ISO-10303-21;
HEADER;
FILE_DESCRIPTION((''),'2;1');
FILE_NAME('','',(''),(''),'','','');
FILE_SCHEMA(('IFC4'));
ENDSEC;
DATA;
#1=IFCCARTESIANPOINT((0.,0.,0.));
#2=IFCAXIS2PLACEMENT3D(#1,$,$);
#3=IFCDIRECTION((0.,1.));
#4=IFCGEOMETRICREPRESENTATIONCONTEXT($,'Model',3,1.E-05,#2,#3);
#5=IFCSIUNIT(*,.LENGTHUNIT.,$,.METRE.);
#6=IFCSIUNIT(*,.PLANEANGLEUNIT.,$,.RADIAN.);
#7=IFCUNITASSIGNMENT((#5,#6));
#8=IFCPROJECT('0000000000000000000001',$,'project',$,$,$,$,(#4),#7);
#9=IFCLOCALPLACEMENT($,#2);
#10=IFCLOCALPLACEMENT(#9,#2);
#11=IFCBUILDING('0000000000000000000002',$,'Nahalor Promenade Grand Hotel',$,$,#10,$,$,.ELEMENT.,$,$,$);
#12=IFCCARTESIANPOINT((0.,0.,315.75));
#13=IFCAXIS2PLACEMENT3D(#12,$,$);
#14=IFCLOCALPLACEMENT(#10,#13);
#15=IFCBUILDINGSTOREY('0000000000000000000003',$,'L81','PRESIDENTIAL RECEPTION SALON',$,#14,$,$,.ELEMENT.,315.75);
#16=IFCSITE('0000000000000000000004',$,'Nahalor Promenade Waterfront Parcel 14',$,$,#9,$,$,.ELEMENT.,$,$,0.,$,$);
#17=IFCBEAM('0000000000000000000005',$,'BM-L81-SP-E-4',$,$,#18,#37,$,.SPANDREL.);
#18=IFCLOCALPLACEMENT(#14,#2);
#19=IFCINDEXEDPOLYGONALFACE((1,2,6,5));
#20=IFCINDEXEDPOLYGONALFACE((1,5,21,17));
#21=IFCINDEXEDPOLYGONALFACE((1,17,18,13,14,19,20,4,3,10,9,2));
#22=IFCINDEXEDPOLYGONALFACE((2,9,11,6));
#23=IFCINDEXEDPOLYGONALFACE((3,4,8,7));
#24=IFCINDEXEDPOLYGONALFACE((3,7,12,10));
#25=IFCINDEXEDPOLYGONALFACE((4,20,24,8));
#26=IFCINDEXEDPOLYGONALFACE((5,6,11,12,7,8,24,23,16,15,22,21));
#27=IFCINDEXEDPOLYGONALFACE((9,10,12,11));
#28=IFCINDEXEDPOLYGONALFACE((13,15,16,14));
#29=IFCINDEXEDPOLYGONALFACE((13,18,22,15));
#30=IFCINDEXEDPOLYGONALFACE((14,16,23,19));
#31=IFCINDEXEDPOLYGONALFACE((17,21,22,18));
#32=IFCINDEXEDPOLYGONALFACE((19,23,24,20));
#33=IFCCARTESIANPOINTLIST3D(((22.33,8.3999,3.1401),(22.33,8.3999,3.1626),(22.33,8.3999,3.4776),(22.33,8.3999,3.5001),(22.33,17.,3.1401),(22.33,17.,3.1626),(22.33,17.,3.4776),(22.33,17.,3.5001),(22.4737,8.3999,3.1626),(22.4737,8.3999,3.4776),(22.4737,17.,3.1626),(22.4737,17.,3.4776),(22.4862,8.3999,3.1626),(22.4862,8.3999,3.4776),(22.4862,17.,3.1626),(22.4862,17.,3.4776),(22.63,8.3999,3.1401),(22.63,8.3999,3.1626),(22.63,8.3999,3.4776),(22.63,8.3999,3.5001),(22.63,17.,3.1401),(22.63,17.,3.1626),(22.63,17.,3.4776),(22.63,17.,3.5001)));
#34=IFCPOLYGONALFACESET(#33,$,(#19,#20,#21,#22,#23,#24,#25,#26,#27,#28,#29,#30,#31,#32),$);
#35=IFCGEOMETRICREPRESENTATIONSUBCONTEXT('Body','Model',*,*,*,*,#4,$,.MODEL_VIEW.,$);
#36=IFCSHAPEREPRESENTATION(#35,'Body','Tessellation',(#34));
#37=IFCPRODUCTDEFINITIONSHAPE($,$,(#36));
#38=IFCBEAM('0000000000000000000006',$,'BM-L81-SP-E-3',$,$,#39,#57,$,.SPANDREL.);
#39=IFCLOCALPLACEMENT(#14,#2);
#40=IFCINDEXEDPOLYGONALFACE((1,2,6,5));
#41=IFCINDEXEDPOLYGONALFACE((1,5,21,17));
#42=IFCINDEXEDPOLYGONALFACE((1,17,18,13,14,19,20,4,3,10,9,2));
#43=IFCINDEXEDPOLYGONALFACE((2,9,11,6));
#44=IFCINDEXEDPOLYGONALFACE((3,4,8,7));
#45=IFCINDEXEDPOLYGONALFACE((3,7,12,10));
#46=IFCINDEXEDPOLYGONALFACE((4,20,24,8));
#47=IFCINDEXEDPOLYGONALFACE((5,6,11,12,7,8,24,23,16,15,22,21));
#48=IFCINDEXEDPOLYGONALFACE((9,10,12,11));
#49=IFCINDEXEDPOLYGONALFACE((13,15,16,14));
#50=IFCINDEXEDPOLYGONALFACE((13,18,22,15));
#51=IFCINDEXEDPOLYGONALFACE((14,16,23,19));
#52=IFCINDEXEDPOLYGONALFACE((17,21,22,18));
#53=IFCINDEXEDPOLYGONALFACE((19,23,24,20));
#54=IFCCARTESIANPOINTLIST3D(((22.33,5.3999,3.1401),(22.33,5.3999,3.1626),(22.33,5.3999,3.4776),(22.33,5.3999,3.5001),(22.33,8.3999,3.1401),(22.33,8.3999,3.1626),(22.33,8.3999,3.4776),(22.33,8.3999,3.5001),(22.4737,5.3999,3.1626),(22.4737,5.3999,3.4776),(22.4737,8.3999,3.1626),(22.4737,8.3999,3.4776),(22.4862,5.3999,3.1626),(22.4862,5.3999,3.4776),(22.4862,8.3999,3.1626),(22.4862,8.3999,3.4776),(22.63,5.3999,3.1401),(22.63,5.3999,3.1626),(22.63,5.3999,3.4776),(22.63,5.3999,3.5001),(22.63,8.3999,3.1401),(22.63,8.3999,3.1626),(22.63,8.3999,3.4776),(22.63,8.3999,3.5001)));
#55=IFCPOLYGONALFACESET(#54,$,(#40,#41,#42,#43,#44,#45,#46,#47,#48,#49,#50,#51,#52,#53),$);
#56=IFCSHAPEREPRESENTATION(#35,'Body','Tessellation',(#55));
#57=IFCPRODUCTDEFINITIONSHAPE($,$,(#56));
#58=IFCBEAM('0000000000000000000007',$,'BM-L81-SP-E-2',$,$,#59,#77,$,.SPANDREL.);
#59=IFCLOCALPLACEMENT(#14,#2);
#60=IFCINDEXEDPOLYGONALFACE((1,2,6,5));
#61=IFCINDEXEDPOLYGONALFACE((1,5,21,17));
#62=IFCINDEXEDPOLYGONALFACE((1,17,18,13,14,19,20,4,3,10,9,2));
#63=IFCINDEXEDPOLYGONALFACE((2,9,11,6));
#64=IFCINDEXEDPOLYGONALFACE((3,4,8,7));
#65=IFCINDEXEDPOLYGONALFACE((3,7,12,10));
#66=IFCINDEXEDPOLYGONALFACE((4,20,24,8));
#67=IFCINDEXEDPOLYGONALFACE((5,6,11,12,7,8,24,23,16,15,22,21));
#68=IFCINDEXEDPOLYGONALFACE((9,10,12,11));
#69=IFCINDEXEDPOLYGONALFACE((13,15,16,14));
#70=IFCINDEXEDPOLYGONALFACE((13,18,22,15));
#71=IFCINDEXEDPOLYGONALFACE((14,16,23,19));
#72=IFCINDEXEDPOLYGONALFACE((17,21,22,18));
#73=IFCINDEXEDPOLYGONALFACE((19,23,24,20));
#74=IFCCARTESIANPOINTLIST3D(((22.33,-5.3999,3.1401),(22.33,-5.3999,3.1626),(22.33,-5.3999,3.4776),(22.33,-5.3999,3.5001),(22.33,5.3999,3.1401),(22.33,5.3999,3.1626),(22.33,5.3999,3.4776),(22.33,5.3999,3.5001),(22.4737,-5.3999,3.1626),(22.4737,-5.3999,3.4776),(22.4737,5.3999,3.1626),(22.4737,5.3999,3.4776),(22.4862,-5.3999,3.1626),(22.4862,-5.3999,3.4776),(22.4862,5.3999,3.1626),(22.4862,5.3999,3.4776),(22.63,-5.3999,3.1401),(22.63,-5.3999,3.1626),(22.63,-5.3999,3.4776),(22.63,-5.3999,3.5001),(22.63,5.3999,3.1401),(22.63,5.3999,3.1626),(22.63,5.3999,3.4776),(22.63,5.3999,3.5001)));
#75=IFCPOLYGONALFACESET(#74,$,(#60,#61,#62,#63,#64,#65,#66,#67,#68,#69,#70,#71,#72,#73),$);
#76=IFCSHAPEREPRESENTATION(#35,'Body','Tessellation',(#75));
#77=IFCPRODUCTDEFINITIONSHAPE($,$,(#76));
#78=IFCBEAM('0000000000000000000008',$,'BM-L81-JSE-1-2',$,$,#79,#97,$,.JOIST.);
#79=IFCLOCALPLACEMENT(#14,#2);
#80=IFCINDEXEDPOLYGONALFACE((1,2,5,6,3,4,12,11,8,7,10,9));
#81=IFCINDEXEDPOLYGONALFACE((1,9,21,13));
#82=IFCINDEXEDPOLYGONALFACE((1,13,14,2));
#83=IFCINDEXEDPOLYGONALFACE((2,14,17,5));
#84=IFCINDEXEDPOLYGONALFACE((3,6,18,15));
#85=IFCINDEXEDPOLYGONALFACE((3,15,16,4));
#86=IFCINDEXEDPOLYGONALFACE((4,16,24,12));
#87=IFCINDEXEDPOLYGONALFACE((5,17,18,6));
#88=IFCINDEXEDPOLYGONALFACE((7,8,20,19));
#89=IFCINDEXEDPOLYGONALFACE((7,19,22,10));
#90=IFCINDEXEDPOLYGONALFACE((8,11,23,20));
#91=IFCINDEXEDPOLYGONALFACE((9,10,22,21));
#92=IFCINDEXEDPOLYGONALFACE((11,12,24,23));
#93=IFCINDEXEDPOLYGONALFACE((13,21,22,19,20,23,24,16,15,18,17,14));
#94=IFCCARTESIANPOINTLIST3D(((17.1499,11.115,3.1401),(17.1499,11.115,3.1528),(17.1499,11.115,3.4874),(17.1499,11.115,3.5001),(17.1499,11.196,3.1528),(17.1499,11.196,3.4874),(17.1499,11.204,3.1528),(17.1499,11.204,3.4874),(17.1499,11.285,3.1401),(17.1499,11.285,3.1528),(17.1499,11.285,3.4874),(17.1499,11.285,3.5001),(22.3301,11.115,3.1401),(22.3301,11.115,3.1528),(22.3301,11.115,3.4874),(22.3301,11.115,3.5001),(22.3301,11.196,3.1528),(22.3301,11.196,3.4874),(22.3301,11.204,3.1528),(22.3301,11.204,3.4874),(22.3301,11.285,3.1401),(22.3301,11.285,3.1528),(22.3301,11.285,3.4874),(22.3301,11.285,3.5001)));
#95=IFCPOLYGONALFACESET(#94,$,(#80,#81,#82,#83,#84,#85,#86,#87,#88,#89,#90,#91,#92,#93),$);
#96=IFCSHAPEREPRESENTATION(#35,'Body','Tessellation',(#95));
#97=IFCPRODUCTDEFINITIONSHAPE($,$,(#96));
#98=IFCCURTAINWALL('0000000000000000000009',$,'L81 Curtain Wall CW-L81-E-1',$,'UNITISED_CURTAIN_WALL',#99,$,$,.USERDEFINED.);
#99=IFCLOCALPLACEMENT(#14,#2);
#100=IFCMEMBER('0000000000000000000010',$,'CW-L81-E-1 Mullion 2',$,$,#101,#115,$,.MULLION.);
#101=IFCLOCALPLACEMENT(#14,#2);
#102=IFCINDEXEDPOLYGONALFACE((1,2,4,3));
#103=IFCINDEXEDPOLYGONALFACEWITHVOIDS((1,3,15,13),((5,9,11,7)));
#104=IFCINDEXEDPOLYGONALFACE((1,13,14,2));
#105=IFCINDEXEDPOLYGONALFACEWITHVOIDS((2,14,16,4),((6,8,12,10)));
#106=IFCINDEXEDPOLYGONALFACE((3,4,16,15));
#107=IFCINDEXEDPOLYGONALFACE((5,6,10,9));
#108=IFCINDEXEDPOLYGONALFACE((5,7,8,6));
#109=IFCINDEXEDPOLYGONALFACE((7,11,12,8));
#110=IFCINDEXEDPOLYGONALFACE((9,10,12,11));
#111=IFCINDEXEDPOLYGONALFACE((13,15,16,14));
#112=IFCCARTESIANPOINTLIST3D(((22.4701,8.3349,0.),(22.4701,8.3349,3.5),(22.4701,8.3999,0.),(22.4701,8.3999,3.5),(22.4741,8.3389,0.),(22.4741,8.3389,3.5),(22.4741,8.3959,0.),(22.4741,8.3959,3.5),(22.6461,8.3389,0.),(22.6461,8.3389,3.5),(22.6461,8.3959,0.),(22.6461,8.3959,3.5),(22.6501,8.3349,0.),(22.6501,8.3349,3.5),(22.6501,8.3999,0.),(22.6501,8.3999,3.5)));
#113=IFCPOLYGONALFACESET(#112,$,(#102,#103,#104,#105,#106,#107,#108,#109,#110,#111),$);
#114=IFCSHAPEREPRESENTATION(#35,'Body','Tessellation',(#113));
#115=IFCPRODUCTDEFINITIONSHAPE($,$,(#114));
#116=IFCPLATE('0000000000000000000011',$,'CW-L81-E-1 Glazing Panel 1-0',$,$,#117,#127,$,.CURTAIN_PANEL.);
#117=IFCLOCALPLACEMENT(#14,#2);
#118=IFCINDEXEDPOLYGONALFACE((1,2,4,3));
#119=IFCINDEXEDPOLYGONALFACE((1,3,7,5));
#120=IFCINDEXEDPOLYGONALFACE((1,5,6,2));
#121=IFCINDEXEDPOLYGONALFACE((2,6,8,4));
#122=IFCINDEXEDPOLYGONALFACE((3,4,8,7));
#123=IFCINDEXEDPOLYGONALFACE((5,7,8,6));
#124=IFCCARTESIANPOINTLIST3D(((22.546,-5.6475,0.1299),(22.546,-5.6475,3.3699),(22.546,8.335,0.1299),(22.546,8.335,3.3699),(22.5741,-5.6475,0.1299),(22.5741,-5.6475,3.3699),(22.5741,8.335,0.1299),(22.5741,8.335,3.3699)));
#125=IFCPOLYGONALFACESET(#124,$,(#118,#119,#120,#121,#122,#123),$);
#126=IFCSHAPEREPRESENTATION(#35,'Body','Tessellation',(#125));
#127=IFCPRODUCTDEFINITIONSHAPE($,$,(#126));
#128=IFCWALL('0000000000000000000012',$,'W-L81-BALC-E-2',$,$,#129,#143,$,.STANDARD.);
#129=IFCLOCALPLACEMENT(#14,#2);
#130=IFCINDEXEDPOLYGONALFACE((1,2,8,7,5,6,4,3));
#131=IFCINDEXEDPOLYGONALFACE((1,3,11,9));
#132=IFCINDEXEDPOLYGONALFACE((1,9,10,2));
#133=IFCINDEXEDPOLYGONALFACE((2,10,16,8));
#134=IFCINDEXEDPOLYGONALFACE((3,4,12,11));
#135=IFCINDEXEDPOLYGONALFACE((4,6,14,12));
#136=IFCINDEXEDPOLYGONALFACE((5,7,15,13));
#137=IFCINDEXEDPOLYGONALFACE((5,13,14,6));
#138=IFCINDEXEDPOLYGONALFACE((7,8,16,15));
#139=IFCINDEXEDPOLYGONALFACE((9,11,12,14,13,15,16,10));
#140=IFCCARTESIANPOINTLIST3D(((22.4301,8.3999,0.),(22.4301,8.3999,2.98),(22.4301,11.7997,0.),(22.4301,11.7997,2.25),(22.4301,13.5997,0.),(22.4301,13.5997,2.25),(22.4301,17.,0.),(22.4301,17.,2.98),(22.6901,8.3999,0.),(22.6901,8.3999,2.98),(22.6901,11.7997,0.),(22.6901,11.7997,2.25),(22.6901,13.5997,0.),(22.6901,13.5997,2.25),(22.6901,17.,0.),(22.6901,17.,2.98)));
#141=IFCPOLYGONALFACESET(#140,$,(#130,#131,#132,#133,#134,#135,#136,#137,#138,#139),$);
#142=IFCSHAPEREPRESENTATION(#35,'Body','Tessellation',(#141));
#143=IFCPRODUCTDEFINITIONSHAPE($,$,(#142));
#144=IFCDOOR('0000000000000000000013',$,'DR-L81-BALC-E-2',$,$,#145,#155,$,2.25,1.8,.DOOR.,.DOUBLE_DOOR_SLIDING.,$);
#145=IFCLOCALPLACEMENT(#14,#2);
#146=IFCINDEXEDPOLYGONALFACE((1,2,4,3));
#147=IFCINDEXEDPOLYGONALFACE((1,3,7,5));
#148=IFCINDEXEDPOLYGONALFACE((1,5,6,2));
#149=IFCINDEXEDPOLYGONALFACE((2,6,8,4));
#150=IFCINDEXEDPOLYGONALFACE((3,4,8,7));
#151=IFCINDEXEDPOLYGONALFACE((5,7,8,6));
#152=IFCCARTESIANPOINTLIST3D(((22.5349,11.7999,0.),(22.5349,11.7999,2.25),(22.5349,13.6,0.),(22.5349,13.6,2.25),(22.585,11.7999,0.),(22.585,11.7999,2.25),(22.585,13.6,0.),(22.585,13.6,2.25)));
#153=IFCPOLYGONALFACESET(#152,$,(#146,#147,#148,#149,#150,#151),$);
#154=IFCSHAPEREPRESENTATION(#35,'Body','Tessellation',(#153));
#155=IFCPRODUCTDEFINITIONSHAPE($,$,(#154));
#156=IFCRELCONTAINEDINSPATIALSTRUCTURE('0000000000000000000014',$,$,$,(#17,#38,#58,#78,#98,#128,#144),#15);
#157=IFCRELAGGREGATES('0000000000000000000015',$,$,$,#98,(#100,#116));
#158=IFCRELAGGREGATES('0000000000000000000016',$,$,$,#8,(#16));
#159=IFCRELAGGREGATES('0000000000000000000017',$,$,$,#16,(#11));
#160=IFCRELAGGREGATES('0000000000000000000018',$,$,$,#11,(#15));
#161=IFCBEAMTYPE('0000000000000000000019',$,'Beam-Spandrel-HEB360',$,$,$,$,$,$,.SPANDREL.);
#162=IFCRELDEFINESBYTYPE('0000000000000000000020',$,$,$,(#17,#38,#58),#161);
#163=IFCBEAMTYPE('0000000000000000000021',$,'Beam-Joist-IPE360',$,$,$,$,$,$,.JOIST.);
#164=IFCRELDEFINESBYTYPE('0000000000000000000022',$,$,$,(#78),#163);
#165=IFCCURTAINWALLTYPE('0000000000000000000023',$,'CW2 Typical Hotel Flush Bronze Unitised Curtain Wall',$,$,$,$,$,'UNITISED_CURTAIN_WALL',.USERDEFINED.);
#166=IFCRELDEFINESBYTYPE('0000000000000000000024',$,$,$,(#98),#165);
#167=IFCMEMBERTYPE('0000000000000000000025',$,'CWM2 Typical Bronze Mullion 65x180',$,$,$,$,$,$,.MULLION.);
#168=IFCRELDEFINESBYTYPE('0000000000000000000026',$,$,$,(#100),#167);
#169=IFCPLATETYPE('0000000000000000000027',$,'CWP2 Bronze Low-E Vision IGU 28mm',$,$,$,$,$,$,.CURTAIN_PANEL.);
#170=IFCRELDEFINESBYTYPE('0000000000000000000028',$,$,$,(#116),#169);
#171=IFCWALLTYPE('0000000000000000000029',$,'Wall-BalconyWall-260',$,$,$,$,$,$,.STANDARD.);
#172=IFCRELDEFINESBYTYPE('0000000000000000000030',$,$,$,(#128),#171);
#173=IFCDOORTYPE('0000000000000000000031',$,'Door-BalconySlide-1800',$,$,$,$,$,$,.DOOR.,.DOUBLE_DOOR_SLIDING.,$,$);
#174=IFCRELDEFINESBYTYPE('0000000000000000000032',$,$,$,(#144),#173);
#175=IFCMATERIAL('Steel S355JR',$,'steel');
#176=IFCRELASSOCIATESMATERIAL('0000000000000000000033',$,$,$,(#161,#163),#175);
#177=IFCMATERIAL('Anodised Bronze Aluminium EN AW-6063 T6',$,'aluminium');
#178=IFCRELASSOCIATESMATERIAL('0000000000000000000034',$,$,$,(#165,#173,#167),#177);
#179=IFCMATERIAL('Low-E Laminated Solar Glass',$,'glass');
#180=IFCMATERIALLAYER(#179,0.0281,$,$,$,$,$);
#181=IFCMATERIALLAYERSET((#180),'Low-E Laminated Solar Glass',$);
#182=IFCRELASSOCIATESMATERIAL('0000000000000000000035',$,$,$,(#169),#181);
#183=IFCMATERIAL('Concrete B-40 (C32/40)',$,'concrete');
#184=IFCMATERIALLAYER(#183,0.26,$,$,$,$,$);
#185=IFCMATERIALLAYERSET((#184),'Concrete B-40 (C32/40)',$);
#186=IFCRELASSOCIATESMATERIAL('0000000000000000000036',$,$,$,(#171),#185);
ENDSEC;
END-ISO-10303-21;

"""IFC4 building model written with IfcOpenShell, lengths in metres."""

from ifc_helpers import new_model, si_unit, direction, frame, frame_2d, origin, origin_2d, place, context, subcontext, project, spatial, rectangle, hollow_rectangle, i_section, extrude, source, transform, mapped, material, layer, layer_set, material_profile, profile_set, type_object, element, fill, aggregate, save


model = new_model("IFC4")

# Units and contexts
model_context = context("Model", 3, precision=1e-05, world=origin(), true_north=direction((0.0, 1.0)))
body_context = subcontext(model_context, "Body", "Model", "MODEL_VIEW")
ifc_project = project(units=[si_unit("LENGTHUNIT", "METRE"), si_unit("PLANEANGLEUNIT", "RADIAN")], contexts=[model_context])

# Site, building, storey
site_placement = place(None, origin())
site = spatial("IfcSite", under=ifc_project, at=site_placement, Name="Nahalor Promenade Waterfront Parcel 14", CompositionType="ELEMENT", RefElevation=0.0)
building_placement = place(site_placement, origin())
building = spatial("IfcBuilding", under=site, at=building_placement, Name="Nahalor Promenade Grand Hotel", CompositionType="ELEMENT")
storey_placement = place(building_placement, frame((0.0, 0.0, 315.75)))
storey = spatial("IfcBuildingStorey", under=building, at=storey_placement, Name="L81", Description="PRESIDENTIAL RECEPTION SALON", CompositionType="ELEMENT", Elevation=315.75)

# Shared definitions
ifc_material_1 = material(Name="Steel S355JR", Category="steel")

# Beams
ifc_material_profile_1 = material_profile(ifc_material_1, i_section(OverallWidth=0.3, OverallDepth=0.36, WebThickness=0.0125, FlangeThickness=0.0225, at=origin_2d()), Name="HEB 360")
ifc_profile_set_1 = profile_set([ifc_material_profile_1], Name="Steel S355JR")
beam_type_1 = type_object("IfcBeamType", Name="Beam-Spandrel-HEB360", PredefinedType="SPANDREL", material=ifc_profile_set_1)
shared_shape_1 = source(origin(), body_context, "Body", "SweptSolid", [
    extrude(i_section(OverallWidth=0.3, OverallDepth=0.36, WebThickness=0.0125, FlangeThickness=0.0225, at=origin_2d()), origin(), (0.0, 0.0, 1.0), 8.6001),
])
beam_1_placement = place(storey_placement, frame((22.48, 8.3999, 3.3201), z_axis=(0.0, 1.0, 0.0), x_axis=(-1.0, 0.0, 0.0)))
element("IfcBeam", 1, at=beam_1_placement, inside=storey, type_object=beam_type_1, Name="BM-L81-SP-E-4", PredefinedType="SPANDREL", context=body_context, shape_type="MappedRepresentation", body=[
    mapped(shared_shape_1, transform((0.0, 0.0, 0.0), scale=1.0)),
])
shared_shape_2 = source(origin(), body_context, "Body", "SweptSolid", [
    extrude(i_section(OverallWidth=0.3, OverallDepth=0.36, WebThickness=0.0125, FlangeThickness=0.0225, at=origin_2d()), origin(), (0.0, 0.0, 1.0), 3.0),
])
beam_2_placement = place(storey_placement, frame((22.48, 5.3999, 3.3201), z_axis=(0.0, 1.0, 0.0), x_axis=(-1.0, 0.0, 0.0)))
element("IfcBeam", 2, at=beam_2_placement, inside=storey, type_object=beam_type_1, Name="BM-L81-SP-E-3", PredefinedType="SPANDREL", context=body_context, shape_type="MappedRepresentation", body=[
    mapped(shared_shape_2, transform((0.0, 0.0, 0.0), scale=1.0)),
])
shared_shape_3 = source(origin(), body_context, "Body", "SweptSolid", [
    extrude(i_section(OverallWidth=0.3, OverallDepth=0.36, WebThickness=0.0125, FlangeThickness=0.0225, at=origin_2d()), origin(), (0.0, 0.0, 1.0), 10.7998),
])
beam_3_placement = place(storey_placement, frame((22.48, -5.3999, 3.3201), z_axis=(0.0, 1.0, 0.0), x_axis=(-1.0, 0.0, 0.0)))
element("IfcBeam", 3, at=beam_3_placement, inside=storey, type_object=beam_type_1, Name="BM-L81-SP-E-2", PredefinedType="SPANDREL", context=body_context, shape_type="MappedRepresentation", body=[
    mapped(shared_shape_3, transform((0.0, 0.0, 0.0), scale=1.0)),
])
ifc_material_profile_2 = material_profile(ifc_material_1, i_section(OverallWidth=0.17, OverallDepth=0.36, WebThickness=0.008, FlangeThickness=0.0127, at=origin_2d()), Name="IPE 360")
ifc_profile_set_2 = profile_set([ifc_material_profile_2], Name="Steel S355JR")
beam_type_2 = type_object("IfcBeamType", Name="Beam-Joist-IPE360", PredefinedType="JOIST", material=ifc_profile_set_2)
shared_shape_4 = source(origin(), body_context, "Body", "SweptSolid", [
    extrude(i_section(OverallWidth=0.17, OverallDepth=0.36, WebThickness=0.008, FlangeThickness=0.0127, at=origin_2d()), origin(), (0.0, 0.0, 1.0), 5.1802),
])
beam_4_placement = place(storey_placement, frame((17.1499, 11.2, 3.3201), z_axis=(1.0, 0.0, 0.0), x_axis=(0.0, 1.0, 0.0)))
element("IfcBeam", 4, at=beam_4_placement, inside=storey, type_object=beam_type_2, Name="BM-L81-JSE-1-2", PredefinedType="JOIST", context=body_context, shape_type="MappedRepresentation", body=[
    mapped(shared_shape_4, transform((0.0, 0.0, 0.0), scale=1.0)),
])

# Curtain wall, member, plate
ifc_material_2 = material(Name="Anodised Bronze Aluminium EN AW-6063 T6", Category="aluminium")
curtain_wall_type = type_object("IfcCurtainWallType", Name="CW2 Typical Hotel Flush Bronze Unitised Curtain Wall", ElementType="UNITISED_CURTAIN_WALL", PredefinedType="USERDEFINED", material=ifc_material_2)
curtain_wall_placement = place(storey_placement, origin())
curtain_wall = element("IfcCurtainWall", 5, at=curtain_wall_placement, inside=storey, type_object=curtain_wall_type, Name="L81 Curtain Wall CW-L81-E-1", ObjectType="UNITISED_CURTAIN_WALL", PredefinedType="USERDEFINED")
ifc_material_profile_3 = material_profile(ifc_material_2, hollow_rectangle(XDim=0.065, YDim=0.18, WallThickness=0.004, at=origin_2d()), Name="CWM 65x180x4")
ifc_profile_set_3 = profile_set([ifc_material_profile_3], Name="Anodised Bronze Aluminium EN AW-6063 T6")
member_type = type_object("IfcMemberType", Name="CWM2 Typical Bronze Mullion 65x180", PredefinedType="MULLION", material=ifc_profile_set_3)
shared_shape_5 = source(origin(), body_context, "Body", "SweptSolid", [
    extrude(hollow_rectangle(XDim=0.065, YDim=0.18, WallThickness=0.004, at=origin_2d()), origin(), (0.0, 0.0, 1.0), 3.5),
])
member_placement = place(storey_placement, frame((22.5601, 8.3674, 0.0), z_axis=(0.0, 0.0, 1.0), x_axis=(0.0, 1.0, 0.0)))
member = element("IfcMember", 6, at=member_placement, type_object=member_type, Name="CW-L81-E-1 Mullion 2", PredefinedType="MULLION", context=body_context, shape_type="MappedRepresentation", body=[
    mapped(shared_shape_5, transform((0.0, 0.0, 0.0), scale=1.0)),
])
ifc_material_3 = material(Name="Low-E Laminated Solar Glass", Category="glass")
ifc_layer_1 = layer(ifc_material_3, 0.0281)
ifc_layer_set_1 = layer_set([ifc_layer_1], Name="Low-E Laminated Solar Glass")
plate_type = type_object("IfcPlateType", Name="CWP2 Bronze Low-E Vision IGU 28mm", PredefinedType="CURTAIN_PANEL", material=ifc_layer_set_1)
shared_shape_6 = source(origin(), body_context, "Body", "SweptSolid", [
    extrude(rectangle(XDim=13.9824, YDim=0.0281, at=origin_2d()), origin(), (0.0, 0.0, 1.0), 3.24),
])
plate_placement = place(storey_placement, frame((22.5601, 1.3438, 0.1299), z_axis=(0.0, 0.0, 1.0), x_axis=(0.0, 1.0, 0.0)))
plate = element("IfcPlate", 7, at=plate_placement, type_object=plate_type, Name="CW-L81-E-1 Glazing Panel 1-0", PredefinedType="CURTAIN_PANEL", context=body_context, shape_type="MappedRepresentation", body=[
    mapped(shared_shape_6, transform((0.0, 0.0, 0.0), scale=1.0)),
])
aggregate(curtain_wall, [member, plate])

# Wall, opening, door
ifc_material_4 = material(Name="Concrete B-40 (C32/40)", Category="concrete")
ifc_layer_2 = layer(ifc_material_4, 0.26)
ifc_layer_set_2 = layer_set([ifc_layer_2], Name="Concrete B-40 (C32/40)")
wall_type_1 = type_object("IfcWallType", Name="Wall-BalconyWall-260", PredefinedType="STANDARD", material=ifc_layer_set_2)
shared_shape_7 = source(origin(), body_context, "Body", "SweptSolid", [
    extrude(rectangle(XDim=8.6001, YDim=0.26, at=frame_2d((4.3, 0.0))), origin(), (0.0, 0.0, 1.0), 2.98),
])
wall_1_placement = place(storey_placement, frame((22.5601, 8.3999, 0.0), z_axis=(0.0, 0.0, 1.0), x_axis=(0.0, 1.0, 0.0)))
wall_1 = element("IfcWall", 8, at=wall_1_placement, inside=storey, type_object=wall_type_1, Name="W-L81-BALC-E-2", PredefinedType="STANDARD", context=body_context, shape_type="MappedRepresentation", body=[
    mapped(shared_shape_7, transform((0.0, 0.0, 0.0), scale=1.0)),
])
opening_1_placement = place(wall_1_placement, frame((3.3999, 0.0, 0.0)))
opening_1 = element("IfcOpeningElement", 9, at=opening_1_placement, cuts=wall_1, PredefinedType="OPENING", context=body_context, shape_type="SweptSolid", body=[
    extrude(rectangle(XDim=1.8, YDim=2.25, at=frame_2d((0.8999, 1.125))), frame((0.0, 0.1399, 0.0), z_axis=(0.0, -1.0, 0.0), x_axis=(1.0, 0.0, 0.0)), (0.0, 0.0, 1.0), 0.28),
])
door_type_1 = type_object("IfcDoorType", Name="Door-BalconySlide-1800", OperationType="DOUBLE_DOOR_SLIDING", PredefinedType="DOOR", material=ifc_material_2)
shared_shape_8 = source(origin(), body_context, "Body", "SweptSolid", [
    extrude(rectangle(XDim=1.8, YDim=2.25, at=frame_2d((0.8999, 1.125))), frame((0.0, 0.0249, 0.0), z_axis=(0.0, -1.0, 0.0), x_axis=(1.0, 0.0, 0.0)), (0.0, 0.0, 1.0), 0.05),
])
door_1_placement = place(opening_1_placement, frame((1.8, 0.0, 0.0), z_axis=(0.0, 0.0, 1.0), x_axis=(-1.0, 0.0, 0.0)))
door_1 = element("IfcDoor", 10, at=door_1_placement, inside=storey, type_object=door_type_1, Name="DR-L81-BALC-E-2", OperationType="DOUBLE_DOOR_SLIDING", OverallHeight=2.25, OverallWidth=1.8, PredefinedType="DOOR", context=body_context, shape_type="MappedRepresentation", body=[
    mapped(shared_shape_8, transform((0.0, 0.0, 0.0), scale=1.0)),
])
fill(opening_1, door_1)

save(model, "model.ifc")
